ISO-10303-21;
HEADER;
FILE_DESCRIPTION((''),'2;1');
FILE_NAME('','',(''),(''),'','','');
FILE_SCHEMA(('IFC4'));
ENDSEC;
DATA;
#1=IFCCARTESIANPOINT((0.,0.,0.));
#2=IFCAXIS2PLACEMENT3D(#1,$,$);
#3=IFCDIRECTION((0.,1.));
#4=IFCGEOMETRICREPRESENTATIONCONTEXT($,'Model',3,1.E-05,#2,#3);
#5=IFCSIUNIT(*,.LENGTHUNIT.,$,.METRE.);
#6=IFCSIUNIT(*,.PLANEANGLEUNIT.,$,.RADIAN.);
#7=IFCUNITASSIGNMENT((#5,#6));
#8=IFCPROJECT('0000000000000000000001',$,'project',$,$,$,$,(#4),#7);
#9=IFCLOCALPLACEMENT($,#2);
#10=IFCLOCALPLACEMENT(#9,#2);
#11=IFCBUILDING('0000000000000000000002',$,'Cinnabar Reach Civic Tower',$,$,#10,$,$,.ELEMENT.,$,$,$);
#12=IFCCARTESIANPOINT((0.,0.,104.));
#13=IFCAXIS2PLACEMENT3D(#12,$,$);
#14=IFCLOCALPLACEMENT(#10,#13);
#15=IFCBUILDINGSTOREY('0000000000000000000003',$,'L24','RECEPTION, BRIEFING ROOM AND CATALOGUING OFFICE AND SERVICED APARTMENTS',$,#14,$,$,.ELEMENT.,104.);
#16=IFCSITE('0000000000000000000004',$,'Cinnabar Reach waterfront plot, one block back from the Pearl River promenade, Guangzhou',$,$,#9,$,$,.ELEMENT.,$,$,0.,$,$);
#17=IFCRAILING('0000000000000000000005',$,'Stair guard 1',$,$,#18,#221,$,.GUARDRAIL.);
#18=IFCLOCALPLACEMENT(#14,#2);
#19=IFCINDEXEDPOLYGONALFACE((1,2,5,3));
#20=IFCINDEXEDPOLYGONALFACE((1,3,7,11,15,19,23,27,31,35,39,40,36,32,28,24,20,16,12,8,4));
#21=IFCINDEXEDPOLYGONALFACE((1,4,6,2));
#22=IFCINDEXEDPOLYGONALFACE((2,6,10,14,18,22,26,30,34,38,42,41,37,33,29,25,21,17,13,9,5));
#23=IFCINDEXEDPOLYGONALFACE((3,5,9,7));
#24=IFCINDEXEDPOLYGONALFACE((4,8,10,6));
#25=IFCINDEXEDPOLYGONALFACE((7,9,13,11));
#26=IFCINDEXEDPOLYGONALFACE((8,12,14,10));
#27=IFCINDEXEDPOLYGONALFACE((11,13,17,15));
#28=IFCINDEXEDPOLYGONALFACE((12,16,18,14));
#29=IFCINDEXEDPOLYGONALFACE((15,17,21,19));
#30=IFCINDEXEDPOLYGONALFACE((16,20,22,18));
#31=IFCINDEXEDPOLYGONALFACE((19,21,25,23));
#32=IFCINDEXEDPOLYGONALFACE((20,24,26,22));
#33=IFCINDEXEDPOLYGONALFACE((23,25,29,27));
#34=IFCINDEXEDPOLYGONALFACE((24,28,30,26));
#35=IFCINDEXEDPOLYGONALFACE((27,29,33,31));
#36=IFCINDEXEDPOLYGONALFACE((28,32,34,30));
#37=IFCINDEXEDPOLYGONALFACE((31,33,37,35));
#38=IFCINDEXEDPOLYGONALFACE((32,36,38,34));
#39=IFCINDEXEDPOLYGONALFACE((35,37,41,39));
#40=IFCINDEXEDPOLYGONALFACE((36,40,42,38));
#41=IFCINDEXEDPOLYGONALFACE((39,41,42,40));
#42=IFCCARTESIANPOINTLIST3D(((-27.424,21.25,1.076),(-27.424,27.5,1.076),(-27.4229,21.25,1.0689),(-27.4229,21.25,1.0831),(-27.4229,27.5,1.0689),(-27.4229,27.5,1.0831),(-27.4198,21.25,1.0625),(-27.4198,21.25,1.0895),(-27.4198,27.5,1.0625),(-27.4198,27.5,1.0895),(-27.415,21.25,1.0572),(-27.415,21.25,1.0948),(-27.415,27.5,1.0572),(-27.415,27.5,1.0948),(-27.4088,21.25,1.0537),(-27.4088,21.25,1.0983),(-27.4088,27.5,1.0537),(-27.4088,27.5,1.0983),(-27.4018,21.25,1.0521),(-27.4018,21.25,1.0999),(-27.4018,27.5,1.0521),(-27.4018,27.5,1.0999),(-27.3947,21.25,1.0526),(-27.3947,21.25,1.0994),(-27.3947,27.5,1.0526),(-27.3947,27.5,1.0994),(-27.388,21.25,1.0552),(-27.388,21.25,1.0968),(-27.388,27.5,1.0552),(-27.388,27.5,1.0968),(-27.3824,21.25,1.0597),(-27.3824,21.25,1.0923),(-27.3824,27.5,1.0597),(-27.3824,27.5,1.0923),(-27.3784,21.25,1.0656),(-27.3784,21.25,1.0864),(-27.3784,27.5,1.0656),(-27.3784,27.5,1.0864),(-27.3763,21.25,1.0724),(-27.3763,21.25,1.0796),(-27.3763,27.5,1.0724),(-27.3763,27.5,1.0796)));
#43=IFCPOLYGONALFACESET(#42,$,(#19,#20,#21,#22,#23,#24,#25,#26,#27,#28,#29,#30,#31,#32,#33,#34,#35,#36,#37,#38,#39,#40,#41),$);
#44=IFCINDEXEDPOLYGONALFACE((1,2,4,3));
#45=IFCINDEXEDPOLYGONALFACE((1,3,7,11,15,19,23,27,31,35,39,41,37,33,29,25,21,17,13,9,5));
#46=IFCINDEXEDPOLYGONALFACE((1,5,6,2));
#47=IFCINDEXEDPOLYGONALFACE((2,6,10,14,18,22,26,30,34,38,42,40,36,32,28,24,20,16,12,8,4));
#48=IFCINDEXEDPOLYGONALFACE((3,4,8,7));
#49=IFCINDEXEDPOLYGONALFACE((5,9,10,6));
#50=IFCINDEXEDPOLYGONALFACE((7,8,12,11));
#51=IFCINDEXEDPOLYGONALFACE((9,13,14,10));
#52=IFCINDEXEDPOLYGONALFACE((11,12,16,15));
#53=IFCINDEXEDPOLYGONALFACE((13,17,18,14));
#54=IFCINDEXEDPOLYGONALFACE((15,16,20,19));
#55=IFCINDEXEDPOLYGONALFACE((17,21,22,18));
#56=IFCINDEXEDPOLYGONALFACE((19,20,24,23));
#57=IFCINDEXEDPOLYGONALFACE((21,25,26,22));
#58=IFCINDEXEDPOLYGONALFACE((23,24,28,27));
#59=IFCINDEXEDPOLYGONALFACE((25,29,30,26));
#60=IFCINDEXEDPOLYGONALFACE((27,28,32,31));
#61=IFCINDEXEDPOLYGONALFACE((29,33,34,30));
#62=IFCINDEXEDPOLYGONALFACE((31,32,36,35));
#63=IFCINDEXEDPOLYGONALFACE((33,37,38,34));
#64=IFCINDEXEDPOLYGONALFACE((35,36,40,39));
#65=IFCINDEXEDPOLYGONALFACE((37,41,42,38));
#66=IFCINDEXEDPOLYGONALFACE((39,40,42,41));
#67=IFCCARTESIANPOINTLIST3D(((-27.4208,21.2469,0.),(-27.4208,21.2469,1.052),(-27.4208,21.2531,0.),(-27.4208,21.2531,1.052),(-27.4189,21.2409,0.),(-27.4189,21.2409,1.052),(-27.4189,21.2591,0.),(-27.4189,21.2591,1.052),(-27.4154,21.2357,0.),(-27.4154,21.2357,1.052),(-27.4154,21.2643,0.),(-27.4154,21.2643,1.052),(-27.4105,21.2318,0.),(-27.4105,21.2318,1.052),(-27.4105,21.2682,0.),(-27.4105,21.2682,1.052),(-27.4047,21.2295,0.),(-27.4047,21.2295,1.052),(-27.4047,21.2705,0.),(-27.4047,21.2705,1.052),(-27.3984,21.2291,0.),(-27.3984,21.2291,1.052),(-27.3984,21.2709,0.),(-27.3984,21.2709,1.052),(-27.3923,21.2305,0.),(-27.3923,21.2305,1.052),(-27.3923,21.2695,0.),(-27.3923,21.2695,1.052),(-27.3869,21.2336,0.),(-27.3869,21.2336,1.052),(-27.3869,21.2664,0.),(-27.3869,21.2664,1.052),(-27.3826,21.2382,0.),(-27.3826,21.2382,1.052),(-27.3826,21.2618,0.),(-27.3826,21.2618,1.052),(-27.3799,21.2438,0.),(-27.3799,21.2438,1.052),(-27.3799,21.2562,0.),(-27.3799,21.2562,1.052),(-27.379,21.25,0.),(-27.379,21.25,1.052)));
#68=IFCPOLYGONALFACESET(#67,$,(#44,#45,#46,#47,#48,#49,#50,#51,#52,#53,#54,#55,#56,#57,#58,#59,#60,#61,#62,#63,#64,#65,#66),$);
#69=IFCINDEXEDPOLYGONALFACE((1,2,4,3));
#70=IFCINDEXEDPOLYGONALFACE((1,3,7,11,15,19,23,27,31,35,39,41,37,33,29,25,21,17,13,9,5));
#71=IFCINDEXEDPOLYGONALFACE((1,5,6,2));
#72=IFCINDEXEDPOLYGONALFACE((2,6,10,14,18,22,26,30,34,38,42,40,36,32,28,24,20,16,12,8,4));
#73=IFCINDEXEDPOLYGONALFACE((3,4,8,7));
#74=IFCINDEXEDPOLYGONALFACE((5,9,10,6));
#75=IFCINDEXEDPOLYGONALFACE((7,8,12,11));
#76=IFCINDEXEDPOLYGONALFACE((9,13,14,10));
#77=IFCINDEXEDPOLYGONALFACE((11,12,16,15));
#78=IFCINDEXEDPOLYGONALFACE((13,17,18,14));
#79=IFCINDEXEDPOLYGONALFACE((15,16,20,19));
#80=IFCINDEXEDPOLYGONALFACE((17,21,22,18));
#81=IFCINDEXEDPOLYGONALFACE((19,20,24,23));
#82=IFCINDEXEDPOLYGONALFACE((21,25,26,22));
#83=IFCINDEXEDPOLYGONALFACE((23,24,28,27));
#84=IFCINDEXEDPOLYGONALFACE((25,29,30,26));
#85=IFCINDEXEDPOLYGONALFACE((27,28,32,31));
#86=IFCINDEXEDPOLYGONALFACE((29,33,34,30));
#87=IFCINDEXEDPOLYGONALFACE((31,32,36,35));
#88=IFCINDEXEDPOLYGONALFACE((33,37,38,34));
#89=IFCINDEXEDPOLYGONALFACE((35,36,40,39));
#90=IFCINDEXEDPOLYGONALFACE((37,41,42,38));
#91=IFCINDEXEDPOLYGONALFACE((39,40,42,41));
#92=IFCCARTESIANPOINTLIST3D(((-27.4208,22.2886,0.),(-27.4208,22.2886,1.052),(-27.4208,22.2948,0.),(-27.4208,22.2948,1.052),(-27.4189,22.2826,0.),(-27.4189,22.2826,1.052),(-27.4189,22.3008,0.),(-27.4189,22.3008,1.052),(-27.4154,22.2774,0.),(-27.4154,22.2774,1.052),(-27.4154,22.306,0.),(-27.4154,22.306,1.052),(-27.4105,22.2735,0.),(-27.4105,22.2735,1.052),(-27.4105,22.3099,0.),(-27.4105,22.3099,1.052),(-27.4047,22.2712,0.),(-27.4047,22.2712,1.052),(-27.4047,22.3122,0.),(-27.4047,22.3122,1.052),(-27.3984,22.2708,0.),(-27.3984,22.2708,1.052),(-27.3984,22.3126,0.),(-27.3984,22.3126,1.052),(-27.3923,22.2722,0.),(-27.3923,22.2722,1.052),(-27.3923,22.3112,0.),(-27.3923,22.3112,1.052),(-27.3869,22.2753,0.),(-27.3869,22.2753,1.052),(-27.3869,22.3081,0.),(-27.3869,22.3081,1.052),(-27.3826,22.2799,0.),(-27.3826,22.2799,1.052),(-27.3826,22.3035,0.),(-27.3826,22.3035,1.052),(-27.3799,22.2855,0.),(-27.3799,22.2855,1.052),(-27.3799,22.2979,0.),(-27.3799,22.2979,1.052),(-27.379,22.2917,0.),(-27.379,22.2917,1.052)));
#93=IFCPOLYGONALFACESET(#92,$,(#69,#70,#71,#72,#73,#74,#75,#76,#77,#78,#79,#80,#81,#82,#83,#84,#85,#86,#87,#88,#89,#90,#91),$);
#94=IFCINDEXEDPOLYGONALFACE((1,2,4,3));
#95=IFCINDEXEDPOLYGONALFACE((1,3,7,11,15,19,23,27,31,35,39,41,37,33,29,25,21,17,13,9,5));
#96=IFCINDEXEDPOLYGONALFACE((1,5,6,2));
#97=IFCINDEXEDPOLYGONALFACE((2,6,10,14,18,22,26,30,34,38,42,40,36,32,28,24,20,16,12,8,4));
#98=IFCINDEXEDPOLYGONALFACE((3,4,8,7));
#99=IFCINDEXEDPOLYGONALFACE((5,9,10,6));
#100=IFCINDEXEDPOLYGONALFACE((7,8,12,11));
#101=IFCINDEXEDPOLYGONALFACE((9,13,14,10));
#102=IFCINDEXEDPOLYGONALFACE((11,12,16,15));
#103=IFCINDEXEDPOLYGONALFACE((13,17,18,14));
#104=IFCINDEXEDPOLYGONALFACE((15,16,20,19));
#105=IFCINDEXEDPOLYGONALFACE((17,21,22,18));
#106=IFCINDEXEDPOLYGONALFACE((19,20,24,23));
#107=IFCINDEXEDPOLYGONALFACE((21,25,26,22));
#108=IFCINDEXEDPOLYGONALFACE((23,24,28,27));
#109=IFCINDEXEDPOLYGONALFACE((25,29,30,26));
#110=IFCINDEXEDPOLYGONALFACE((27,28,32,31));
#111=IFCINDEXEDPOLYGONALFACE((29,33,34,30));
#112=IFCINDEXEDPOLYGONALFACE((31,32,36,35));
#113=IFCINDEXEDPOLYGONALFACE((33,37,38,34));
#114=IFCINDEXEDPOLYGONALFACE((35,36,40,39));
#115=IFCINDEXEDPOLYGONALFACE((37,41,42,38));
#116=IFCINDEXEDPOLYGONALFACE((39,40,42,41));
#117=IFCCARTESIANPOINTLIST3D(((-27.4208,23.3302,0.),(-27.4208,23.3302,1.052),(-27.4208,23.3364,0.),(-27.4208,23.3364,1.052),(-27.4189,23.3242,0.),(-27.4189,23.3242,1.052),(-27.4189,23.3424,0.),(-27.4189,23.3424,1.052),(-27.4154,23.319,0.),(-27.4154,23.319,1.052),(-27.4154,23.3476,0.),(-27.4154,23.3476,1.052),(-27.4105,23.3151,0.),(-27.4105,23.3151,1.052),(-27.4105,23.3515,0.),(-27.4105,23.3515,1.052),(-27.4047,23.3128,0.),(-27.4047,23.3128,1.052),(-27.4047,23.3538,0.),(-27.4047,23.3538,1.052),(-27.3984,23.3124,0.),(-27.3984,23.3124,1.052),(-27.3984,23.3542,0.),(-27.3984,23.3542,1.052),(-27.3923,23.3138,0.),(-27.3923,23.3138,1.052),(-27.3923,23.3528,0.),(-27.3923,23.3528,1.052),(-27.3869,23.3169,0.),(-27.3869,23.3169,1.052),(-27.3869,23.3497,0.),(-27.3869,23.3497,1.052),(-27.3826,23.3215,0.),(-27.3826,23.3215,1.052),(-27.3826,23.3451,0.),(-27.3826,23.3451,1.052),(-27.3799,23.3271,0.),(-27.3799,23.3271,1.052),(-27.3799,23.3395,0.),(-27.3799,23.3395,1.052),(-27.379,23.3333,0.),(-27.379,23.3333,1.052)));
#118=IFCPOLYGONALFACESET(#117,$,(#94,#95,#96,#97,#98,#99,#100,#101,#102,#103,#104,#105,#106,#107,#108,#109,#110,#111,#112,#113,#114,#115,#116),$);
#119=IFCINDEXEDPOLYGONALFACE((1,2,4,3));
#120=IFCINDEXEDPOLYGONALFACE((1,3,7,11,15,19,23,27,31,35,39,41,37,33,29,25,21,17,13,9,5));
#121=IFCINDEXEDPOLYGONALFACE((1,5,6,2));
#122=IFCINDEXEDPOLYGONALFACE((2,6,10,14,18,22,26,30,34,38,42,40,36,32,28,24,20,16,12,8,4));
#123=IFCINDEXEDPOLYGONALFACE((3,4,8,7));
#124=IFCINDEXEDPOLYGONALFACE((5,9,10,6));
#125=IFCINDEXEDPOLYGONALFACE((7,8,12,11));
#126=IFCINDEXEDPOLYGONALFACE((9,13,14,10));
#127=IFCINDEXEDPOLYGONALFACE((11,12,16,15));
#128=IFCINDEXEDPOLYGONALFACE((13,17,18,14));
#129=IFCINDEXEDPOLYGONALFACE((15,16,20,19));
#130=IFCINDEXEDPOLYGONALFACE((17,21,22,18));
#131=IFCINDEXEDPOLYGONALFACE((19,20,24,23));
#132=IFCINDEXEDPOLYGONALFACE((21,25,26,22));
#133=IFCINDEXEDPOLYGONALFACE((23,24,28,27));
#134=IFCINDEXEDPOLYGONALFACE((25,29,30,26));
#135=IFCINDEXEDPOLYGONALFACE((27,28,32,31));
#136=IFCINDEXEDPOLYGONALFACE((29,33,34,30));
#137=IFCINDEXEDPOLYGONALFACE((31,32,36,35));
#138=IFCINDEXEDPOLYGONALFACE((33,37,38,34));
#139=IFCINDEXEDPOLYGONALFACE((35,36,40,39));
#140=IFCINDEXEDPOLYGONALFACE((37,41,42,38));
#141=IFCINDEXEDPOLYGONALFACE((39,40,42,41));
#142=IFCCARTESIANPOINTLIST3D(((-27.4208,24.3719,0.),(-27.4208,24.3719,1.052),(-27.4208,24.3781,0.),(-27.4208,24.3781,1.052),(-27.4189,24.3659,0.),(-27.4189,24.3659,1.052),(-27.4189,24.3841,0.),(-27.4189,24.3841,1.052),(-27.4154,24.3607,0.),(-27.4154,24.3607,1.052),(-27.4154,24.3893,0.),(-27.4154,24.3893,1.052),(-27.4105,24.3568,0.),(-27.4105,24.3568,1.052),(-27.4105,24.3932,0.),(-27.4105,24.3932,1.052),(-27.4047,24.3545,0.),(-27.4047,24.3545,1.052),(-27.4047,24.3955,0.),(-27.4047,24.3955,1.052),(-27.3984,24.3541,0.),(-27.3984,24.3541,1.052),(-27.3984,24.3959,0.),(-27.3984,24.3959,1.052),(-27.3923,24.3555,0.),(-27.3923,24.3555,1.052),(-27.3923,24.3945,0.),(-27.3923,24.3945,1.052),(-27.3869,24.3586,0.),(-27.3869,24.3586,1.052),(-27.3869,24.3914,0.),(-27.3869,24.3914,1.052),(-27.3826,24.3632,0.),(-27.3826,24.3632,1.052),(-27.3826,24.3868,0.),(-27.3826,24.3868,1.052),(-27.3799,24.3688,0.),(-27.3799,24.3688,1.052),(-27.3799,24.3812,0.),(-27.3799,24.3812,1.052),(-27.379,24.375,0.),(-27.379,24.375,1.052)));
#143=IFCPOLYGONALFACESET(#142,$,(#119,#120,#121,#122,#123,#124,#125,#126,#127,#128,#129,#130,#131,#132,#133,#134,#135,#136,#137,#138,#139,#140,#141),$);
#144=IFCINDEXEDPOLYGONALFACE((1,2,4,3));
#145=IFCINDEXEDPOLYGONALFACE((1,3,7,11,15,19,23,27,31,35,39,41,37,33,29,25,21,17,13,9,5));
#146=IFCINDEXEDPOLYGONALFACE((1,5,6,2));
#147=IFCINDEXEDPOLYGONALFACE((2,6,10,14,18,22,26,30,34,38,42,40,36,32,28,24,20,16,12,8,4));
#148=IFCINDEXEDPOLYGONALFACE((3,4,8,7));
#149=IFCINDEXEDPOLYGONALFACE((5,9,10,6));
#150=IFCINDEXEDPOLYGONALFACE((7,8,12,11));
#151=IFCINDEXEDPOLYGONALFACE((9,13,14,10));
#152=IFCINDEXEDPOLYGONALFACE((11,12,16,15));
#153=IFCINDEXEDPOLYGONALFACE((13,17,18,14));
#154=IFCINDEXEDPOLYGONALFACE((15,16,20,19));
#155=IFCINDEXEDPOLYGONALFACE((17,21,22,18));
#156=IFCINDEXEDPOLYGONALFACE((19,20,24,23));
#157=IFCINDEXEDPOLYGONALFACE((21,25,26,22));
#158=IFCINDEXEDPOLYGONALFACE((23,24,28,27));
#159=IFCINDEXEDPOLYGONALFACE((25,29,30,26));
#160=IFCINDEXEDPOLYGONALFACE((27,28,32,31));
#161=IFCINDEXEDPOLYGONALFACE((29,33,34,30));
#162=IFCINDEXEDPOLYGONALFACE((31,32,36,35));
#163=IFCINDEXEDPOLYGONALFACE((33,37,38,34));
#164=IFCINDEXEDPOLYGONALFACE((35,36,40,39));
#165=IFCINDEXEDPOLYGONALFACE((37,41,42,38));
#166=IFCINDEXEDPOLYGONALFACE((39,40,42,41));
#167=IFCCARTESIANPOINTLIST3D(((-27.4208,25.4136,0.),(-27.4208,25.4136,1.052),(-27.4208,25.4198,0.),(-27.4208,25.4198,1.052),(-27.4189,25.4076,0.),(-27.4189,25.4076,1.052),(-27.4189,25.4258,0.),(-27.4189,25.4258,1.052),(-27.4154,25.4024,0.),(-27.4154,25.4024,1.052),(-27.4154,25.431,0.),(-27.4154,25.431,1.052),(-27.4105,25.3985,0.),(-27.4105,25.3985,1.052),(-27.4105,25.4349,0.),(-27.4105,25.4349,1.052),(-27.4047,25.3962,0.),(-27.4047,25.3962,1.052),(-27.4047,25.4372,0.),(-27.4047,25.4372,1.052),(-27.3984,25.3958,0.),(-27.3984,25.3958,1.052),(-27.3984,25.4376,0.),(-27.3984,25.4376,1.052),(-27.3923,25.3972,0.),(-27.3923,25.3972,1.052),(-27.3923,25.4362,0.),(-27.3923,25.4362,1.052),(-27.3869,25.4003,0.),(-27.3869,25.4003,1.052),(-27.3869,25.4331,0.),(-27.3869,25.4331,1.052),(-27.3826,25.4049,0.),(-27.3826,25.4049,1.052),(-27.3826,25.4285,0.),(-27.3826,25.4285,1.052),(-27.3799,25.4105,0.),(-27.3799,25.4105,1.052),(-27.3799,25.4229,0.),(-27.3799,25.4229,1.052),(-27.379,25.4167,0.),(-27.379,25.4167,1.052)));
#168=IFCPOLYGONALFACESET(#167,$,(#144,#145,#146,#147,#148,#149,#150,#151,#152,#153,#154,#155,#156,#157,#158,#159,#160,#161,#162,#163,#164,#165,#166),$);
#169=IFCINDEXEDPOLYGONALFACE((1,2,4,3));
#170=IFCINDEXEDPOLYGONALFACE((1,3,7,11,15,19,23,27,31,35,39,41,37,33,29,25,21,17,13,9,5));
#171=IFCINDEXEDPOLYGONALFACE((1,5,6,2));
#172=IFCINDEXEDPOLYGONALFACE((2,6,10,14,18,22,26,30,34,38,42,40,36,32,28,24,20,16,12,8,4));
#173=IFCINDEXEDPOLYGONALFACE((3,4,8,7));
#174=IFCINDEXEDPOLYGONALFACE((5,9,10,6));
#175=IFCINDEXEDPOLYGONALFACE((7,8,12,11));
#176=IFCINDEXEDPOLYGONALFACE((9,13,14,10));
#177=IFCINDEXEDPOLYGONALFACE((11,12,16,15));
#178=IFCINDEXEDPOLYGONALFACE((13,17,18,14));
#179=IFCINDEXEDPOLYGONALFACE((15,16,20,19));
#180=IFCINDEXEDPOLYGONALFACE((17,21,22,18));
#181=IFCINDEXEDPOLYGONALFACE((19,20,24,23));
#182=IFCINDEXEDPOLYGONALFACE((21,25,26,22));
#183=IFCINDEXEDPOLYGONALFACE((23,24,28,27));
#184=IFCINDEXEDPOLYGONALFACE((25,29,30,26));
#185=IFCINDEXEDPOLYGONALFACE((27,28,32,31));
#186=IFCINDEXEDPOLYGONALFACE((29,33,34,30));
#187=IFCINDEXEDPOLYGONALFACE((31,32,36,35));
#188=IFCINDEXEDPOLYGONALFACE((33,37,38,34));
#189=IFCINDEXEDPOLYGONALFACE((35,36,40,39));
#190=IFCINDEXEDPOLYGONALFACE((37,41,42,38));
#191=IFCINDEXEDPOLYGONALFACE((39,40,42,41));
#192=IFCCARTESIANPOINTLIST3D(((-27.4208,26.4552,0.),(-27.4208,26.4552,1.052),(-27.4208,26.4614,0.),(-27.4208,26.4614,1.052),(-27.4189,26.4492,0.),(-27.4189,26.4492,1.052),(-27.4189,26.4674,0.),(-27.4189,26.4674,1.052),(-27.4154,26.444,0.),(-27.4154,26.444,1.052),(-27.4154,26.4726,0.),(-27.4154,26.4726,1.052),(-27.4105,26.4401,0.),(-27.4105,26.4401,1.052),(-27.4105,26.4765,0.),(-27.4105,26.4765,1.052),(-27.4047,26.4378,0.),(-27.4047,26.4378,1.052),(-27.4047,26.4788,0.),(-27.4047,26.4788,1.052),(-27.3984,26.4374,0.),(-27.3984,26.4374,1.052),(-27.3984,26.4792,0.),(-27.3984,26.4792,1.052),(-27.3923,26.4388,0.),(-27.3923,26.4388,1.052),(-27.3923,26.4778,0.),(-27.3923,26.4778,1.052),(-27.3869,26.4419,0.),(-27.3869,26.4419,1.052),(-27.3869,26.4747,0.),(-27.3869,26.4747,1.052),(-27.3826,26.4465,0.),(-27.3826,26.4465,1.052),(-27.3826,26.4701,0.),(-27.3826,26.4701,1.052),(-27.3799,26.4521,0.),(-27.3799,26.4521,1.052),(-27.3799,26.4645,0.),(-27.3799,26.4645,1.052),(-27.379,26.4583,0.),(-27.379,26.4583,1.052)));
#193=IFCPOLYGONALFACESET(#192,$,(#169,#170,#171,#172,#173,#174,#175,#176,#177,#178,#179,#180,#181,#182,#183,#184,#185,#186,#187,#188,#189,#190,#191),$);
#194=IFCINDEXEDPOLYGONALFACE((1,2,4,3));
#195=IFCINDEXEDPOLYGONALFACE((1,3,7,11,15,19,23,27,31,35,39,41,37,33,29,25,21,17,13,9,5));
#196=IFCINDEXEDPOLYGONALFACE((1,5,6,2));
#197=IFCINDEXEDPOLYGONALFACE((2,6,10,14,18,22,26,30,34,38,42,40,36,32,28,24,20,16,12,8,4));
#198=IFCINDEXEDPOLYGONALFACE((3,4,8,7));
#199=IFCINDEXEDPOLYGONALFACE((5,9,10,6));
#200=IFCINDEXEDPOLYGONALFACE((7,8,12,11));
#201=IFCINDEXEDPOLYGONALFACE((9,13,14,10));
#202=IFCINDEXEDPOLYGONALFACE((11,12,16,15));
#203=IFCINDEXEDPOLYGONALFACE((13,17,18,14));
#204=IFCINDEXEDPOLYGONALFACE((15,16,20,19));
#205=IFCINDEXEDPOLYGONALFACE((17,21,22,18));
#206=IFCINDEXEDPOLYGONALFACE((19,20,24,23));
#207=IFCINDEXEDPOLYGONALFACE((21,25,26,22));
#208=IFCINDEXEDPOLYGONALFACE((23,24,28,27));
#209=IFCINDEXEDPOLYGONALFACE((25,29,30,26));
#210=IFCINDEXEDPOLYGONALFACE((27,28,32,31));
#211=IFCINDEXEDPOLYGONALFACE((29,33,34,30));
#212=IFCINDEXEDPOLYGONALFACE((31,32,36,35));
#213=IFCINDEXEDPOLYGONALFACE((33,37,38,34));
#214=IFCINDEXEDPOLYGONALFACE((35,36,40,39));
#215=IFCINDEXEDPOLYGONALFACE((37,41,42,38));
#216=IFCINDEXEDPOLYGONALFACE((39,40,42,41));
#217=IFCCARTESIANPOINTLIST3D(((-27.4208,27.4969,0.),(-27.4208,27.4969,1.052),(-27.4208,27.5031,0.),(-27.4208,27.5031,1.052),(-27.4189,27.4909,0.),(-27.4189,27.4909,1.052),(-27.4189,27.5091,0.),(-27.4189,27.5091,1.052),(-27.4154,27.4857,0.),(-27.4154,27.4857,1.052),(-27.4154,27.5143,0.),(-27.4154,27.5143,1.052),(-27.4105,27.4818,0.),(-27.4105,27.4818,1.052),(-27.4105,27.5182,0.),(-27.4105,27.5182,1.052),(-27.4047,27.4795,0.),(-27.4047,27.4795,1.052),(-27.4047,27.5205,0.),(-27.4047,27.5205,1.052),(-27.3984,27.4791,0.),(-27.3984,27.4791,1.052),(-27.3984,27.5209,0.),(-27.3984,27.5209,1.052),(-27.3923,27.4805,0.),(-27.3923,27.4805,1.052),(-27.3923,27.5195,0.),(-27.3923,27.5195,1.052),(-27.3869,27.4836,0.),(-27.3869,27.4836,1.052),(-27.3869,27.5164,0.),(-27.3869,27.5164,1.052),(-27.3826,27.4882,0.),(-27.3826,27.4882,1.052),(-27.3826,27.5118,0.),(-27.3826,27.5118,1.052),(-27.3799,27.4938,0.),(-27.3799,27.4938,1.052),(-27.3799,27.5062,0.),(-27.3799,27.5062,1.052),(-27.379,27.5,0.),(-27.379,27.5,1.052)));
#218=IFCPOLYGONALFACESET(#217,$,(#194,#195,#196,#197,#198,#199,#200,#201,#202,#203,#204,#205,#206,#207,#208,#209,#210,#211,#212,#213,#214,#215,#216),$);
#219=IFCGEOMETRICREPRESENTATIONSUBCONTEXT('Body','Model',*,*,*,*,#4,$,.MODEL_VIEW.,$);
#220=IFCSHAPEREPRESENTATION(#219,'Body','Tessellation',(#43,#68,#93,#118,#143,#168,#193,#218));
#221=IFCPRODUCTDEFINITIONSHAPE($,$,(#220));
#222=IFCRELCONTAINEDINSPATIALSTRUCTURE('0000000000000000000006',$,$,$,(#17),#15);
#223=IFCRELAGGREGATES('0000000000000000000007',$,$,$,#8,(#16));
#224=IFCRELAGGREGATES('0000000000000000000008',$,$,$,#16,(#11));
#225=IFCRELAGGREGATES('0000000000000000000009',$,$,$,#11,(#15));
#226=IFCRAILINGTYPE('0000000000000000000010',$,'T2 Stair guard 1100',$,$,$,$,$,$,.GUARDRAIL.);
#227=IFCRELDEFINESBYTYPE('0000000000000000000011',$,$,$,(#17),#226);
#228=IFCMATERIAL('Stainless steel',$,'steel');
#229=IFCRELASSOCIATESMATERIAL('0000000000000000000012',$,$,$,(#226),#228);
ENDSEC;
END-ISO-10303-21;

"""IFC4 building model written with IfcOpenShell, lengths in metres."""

from ifc_helpers import new_model, si_unit, direction, frame, origin, origin_2d, place, context, subcontext, project, spatial, circle, extrude, material, type_object, element, save


model = new_model("IFC4")

# Units and contexts
model_context = context("Model", 3, precision=1e-05, world=origin(), true_north=direction((0.0, 1.0)))
body_context = subcontext(model_context, "Body", "Model", "MODEL_VIEW")
ifc_project = project(units=[si_unit("LENGTHUNIT", "METRE"), si_unit("PLANEANGLEUNIT", "RADIAN")], contexts=[model_context])

# Site, building, storey
site_placement = place(None, origin())
site = spatial("IfcSite", under=ifc_project, at=site_placement, Name="Cinnabar Reach waterfront plot, one block back from the Pearl River promenade, Guangzhou", CompositionType="ELEMENT", RefElevation=0.0)
building_placement = place(site_placement, origin())
building = spatial("IfcBuilding", under=site, at=building_placement, Name="Cinnabar Reach Civic Tower", CompositionType="ELEMENT")
storey_placement = place(building_placement, frame((0.0, 0.0, 104.0)))
storey = spatial("IfcBuildingStorey", under=building, at=storey_placement, Name="L24", Description="RECEPTION, BRIEFING ROOM AND CATALOGUING OFFICE AND SERVICED APARTMENTS", CompositionType="ELEMENT", Elevation=104.0)

# Railing
ifc_material_1 = material(Name="Stainless steel", Category="steel")
railing_type = type_object("IfcRailingType", Name="T2 Stair guard 1100", PredefinedType="GUARDRAIL", material=ifc_material_1)
railing_1_placement = place(storey_placement, frame((-27.4, 21.25, 0.0)))
element("IfcRailing", 1, at=railing_1_placement, inside=storey, type_object=railing_type, Name="Stair guard 1", PredefinedType="GUARDRAIL", context=body_context, shape_type="SweptSolid", body=[
    extrude(circle(Radius=0.024, at=origin_2d()), frame((0.0, 0.0, 1.076), z_axis=(0.0, 1.0, 0.0), x_axis=(-1.0, 0.0, 0.0)), (0.0, 0.0, 1.0), 6.25),
    extrude(circle(Radius=0.021, at=origin_2d()), origin(), (0.0, 0.0, 1.0), 1.052),
    extrude(circle(Radius=0.021, at=origin_2d()), frame((0.0, 1.0417, 0.0)), (0.0, 0.0, 1.0), 1.052),
    extrude(circle(Radius=0.021, at=origin_2d()), frame((0.0, 2.0833, 0.0)), (0.0, 0.0, 1.0), 1.052),
    extrude(circle(Radius=0.021, at=origin_2d()), frame((0.0, 3.125, 0.0)), (0.0, 0.0, 1.0), 1.052),
    extrude(circle(Radius=0.021, at=origin_2d()), frame((0.0, 4.1667, 0.0)), (0.0, 0.0, 1.0), 1.052),
    extrude(circle(Radius=0.021, at=origin_2d()), frame((0.0, 5.2083, 0.0)), (0.0, 0.0, 1.0), 1.052),
    extrude(circle(Radius=0.021, at=origin_2d()), frame((0.0, 6.25, 0.0)), (0.0, 0.0, 1.0), 1.052),
])

save(model, "model.ifc")
